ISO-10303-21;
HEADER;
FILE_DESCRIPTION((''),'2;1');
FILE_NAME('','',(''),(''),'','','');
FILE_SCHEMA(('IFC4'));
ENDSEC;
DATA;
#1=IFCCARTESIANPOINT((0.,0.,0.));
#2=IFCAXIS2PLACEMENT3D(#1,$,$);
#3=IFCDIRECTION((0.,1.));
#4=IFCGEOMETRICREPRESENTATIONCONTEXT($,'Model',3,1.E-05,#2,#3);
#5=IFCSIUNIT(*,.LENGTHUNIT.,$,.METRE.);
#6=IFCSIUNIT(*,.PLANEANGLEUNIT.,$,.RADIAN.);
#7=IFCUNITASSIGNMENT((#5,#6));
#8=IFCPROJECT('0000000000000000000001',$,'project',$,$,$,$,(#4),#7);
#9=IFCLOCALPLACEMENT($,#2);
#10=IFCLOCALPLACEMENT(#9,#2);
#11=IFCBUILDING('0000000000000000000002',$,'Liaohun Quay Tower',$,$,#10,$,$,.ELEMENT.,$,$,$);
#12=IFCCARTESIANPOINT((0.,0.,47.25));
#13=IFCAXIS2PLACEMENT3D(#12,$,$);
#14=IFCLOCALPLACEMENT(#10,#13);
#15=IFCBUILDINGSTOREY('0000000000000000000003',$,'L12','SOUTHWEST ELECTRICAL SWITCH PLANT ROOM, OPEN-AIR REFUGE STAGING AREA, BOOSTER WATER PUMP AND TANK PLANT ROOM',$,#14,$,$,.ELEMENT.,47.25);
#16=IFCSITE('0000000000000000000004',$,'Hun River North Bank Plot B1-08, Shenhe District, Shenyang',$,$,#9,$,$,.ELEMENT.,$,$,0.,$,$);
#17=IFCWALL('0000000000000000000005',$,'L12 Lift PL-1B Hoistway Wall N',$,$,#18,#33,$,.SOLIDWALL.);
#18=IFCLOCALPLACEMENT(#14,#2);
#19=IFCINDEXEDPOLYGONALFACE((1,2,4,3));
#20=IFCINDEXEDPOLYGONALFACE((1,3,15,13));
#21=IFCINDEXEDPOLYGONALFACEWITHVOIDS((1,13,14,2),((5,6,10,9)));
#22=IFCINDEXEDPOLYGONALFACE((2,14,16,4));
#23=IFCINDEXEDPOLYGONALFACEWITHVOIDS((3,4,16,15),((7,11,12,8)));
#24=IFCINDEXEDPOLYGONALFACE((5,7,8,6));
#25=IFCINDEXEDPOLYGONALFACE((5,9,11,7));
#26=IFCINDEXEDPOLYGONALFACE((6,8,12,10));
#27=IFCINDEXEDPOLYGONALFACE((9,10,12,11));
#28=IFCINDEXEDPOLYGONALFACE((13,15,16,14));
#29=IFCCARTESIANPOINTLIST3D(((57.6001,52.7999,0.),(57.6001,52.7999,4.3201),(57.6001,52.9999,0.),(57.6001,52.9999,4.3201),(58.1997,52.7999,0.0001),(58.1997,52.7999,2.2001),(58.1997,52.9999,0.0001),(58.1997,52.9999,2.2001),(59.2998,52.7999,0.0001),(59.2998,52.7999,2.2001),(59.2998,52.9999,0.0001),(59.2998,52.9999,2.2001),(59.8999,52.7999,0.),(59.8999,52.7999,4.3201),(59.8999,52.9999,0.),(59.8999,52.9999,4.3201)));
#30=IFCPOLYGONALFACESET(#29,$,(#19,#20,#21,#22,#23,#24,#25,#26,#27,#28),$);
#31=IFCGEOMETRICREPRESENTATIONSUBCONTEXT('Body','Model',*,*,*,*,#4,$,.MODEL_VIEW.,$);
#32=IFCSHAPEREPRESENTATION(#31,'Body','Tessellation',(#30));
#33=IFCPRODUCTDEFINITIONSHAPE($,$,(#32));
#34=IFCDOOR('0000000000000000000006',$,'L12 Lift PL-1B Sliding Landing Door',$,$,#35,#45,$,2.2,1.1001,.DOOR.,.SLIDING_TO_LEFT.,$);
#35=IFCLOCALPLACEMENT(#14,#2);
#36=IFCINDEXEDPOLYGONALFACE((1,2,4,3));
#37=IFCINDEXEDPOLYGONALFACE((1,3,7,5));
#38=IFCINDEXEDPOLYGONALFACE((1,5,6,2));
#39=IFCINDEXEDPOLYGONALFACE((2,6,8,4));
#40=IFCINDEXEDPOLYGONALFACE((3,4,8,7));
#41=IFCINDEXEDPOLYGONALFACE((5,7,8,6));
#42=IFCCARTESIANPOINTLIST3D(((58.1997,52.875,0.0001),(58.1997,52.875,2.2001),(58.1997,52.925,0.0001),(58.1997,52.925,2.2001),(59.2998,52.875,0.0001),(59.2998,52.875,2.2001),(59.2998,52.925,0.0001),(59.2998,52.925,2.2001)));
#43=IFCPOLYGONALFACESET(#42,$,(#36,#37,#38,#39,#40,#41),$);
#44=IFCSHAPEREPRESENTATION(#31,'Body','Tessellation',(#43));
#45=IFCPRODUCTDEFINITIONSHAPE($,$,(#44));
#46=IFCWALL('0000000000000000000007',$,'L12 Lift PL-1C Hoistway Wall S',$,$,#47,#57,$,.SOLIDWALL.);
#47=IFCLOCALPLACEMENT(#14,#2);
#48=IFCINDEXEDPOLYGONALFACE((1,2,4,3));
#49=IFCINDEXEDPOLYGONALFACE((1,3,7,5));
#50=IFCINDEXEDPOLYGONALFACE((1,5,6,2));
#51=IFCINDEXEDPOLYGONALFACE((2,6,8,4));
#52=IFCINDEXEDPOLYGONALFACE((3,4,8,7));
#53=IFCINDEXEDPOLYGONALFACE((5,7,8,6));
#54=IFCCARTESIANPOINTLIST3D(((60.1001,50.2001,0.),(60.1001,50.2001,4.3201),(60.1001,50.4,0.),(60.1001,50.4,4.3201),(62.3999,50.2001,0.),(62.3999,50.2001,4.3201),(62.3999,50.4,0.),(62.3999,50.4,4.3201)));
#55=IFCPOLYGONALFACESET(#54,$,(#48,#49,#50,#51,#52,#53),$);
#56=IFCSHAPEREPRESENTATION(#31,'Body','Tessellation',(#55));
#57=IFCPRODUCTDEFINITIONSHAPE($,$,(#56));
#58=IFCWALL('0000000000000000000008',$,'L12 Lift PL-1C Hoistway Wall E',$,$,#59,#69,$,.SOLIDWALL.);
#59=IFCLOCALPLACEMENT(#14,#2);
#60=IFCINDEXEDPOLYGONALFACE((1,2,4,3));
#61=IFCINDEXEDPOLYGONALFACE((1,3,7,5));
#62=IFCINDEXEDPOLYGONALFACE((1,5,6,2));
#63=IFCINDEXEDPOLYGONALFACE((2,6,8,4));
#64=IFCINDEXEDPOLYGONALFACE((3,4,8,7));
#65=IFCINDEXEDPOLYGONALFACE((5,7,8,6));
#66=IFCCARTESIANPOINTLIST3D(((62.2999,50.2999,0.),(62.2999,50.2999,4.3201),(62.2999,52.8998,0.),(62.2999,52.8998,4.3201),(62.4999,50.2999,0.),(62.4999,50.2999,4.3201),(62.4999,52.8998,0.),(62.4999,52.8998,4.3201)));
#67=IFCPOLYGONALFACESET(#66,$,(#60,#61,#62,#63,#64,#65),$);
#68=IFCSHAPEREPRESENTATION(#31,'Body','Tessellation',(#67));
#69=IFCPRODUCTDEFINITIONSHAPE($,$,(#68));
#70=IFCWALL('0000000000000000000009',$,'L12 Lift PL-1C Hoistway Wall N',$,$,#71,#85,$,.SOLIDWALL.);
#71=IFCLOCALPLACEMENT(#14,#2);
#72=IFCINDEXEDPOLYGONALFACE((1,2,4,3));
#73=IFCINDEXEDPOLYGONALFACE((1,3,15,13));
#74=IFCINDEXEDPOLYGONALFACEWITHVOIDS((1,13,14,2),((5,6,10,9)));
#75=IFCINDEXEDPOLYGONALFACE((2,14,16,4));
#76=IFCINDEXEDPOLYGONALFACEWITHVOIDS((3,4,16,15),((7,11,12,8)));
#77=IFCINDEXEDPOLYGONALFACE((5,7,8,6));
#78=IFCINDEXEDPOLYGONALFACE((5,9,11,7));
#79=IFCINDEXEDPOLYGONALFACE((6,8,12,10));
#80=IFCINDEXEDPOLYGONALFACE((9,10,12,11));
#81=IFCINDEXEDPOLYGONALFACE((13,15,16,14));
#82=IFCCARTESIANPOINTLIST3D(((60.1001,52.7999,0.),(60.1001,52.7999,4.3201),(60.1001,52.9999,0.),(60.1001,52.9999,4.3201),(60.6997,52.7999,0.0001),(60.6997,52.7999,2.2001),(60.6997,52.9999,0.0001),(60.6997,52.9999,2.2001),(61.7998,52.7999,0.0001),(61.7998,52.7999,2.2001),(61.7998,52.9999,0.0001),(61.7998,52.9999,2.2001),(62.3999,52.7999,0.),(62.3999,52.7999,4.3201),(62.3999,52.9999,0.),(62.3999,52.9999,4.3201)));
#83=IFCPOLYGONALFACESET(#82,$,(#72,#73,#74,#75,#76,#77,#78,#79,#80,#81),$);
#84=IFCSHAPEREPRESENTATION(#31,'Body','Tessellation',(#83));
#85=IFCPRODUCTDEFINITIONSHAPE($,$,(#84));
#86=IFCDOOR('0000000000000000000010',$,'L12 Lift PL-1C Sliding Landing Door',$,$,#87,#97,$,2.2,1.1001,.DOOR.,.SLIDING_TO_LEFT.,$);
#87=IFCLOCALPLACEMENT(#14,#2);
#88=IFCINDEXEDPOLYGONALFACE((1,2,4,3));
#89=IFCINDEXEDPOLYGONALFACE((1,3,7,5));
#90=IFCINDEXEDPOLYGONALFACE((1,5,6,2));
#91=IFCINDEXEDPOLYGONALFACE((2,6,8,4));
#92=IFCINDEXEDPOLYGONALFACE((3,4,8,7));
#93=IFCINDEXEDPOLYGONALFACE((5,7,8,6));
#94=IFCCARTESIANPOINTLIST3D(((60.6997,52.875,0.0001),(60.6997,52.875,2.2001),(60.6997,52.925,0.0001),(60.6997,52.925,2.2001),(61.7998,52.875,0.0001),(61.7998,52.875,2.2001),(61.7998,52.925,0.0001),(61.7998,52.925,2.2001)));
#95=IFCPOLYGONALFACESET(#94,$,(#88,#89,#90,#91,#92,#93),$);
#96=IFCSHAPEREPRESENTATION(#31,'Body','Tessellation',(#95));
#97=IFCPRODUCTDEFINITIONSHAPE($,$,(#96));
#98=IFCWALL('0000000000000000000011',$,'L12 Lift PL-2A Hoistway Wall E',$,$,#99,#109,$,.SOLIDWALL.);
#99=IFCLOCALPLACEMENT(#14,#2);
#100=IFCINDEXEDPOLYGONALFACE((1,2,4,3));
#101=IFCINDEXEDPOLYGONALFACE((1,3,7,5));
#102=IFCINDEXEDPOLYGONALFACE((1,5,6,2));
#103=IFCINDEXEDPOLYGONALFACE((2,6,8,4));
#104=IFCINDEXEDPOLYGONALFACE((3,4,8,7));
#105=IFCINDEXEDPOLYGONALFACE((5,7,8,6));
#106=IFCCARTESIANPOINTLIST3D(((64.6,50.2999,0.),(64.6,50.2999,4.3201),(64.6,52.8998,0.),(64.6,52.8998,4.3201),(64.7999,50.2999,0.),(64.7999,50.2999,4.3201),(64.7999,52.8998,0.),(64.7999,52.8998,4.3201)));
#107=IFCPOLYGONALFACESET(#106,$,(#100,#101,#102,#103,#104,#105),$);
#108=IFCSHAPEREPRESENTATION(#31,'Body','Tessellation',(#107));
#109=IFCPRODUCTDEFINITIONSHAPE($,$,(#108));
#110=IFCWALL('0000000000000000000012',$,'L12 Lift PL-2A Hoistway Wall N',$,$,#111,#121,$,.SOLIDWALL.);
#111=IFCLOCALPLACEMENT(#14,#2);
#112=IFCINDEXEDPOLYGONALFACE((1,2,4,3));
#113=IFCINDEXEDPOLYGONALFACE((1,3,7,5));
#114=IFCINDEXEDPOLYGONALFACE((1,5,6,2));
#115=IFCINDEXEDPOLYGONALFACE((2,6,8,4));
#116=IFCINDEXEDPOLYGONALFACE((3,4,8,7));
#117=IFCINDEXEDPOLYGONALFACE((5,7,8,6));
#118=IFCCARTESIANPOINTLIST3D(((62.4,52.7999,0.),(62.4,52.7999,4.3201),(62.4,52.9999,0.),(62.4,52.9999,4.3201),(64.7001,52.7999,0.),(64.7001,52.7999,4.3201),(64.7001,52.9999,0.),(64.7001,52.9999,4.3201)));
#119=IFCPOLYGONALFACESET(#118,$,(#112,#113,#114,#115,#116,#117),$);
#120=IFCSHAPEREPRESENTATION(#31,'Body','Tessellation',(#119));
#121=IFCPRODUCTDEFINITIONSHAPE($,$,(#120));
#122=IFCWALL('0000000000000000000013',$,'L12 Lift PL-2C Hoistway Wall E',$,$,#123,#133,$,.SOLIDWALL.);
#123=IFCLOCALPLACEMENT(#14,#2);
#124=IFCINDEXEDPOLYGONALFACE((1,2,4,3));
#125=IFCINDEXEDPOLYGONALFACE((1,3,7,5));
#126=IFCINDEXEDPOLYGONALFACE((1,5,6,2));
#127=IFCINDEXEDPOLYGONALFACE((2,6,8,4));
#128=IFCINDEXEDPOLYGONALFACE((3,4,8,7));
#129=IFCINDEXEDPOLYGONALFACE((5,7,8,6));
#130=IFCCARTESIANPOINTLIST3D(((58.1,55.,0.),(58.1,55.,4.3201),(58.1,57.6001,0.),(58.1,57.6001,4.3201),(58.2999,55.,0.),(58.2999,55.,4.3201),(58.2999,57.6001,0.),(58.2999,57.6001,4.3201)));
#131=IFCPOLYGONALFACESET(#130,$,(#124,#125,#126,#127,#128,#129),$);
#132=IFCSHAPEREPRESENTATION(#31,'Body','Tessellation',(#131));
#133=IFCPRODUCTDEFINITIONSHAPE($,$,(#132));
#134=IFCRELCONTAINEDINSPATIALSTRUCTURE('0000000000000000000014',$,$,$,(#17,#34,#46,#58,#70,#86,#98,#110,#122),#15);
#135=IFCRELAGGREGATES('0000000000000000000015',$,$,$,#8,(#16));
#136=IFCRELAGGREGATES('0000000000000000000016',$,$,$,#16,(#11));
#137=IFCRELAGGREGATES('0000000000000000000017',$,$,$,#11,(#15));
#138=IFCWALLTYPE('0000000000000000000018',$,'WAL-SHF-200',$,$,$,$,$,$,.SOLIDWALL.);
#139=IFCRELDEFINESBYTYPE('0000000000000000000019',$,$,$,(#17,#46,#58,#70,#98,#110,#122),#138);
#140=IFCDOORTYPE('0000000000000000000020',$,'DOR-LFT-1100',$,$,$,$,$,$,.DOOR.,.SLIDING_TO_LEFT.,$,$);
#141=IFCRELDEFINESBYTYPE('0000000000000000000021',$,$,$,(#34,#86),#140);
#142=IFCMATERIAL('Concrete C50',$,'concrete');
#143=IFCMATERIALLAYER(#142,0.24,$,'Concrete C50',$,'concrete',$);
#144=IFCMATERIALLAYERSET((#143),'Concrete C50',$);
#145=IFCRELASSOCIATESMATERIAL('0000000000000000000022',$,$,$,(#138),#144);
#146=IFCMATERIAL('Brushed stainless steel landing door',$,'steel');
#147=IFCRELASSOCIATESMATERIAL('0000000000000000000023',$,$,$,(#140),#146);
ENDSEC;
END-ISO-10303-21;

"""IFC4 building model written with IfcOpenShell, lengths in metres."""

from ifc_helpers import new_model, si_unit, direction, frame, frame_2d, origin, place, context, subcontext, project, spatial, rectangle, extrude, source, transform, mapped, material, layer, layer_set, type_object, element, fill, save


model = new_model("IFC4")

# Units and contexts
model_context = context("Model", 3, precision=1e-05, world=origin(), true_north=direction((0.0, 1.0)))
body_context = subcontext(model_context, "Body", "Model", "MODEL_VIEW")
ifc_project = project(units=[si_unit("LENGTHUNIT", "METRE"), si_unit("PLANEANGLEUNIT", "RADIAN")], contexts=[model_context])

# Site, building, storey
site_placement = place(None, origin())
site = spatial("IfcSite", under=ifc_project, at=site_placement, Name="Hun River North Bank Plot B1-08, Shenhe District, Shenyang", CompositionType="ELEMENT", RefElevation=0.0)
building_placement = place(site_placement, origin())
building = spatial("IfcBuilding", under=site, at=building_placement, Name="Liaohun Quay Tower", CompositionType="ELEMENT")
storey_placement = place(building_placement, frame((0.0, 0.0, 47.25)))
storey = spatial("IfcBuildingStorey", under=building, at=storey_placement, Name="L12", Description="SOUTHWEST ELECTRICAL SWITCH PLANT ROOM, OPEN-AIR REFUGE STAGING AREA, BOOSTER WATER PUMP AND TANK PLANT ROOM", CompositionType="ELEMENT", Elevation=47.25)

# Shared definitions
ifc_material_1 = material(Name="Concrete C50", Category="concrete")
ifc_layer_1 = layer(ifc_material_1, 0.24, Name="Concrete C50", Category="concrete")
ifc_layer_set_1 = layer_set([ifc_layer_1], Name="Concrete C50")
wall_type_1 = type_object("IfcWallType", Name="WAL-SHF-200", PredefinedType="SOLIDWALL", material=ifc_layer_set_1)

# Wall, opening, door
wall_1_placement = place(storey_placement, frame((59.8999, 52.8999, 0.0), z_axis=(0.0, 0.0, 1.0), x_axis=(-1.0, 0.0, 0.0)))
wall_1 = element("IfcWall", 1, at=wall_1_placement, inside=storey, type_object=wall_type_1, Name="L12 Lift PL-1B Hoistway Wall N", PredefinedType="SOLIDWALL", context=body_context, shape_type="SweptSolid", body=[
    extrude(rectangle(XDim=2.2998, YDim=0.2, at=frame_2d((1.1499, 0.0))), origin(), (0.0, 0.0, 1.0), 4.3201),
])
shared_shape_1 = source(origin(), body_context, "Body", "SweptSolid", [
    extrude(rectangle(XDim=1.1001, YDim=2.2, at=frame_2d((0.55, 1.1001))), frame((0.0, 0.1099, 0.0), z_axis=(0.0, -1.0, 0.0), x_axis=(1.0, 0.0, 0.0)), (0.0, 0.0, 1.0), 0.22),
])
opening_1_placement = place(wall_1_placement, frame((0.6001, 0.0, 0.0)))
opening_1 = element("IfcOpeningElement", 2, at=opening_1_placement, cuts=wall_1, PredefinedType="OPENING", context=body_context, shape_type="MappedRepresentation", body=[
    mapped(shared_shape_1, transform((0.0, 0.0, 0.0), x_axis=(1.0, 0.0, 0.0), y_axis=(0.0, 1.0, 0.0), z_axis=(0.0, 0.0, 1.0), scale=1.0)),
])
ifc_material_2 = material(Name="Brushed stainless steel landing door", Category="steel")
door_type_1 = type_object("IfcDoorType", Name="DOR-LFT-1100", OperationType="SLIDING_TO_LEFT", PredefinedType="DOOR", material=ifc_material_2)
shared_shape_2 = source(origin(), body_context, "Body", "SweptSolid", [
    extrude(rectangle(XDim=1.1001, YDim=2.2, at=frame_2d((0.55, 1.1001))), frame((0.0, 0.0249, 0.0), z_axis=(0.0, -1.0, 0.0), x_axis=(1.0, 0.0, 0.0)), (0.0, 0.0, 1.0), 0.05),
])
door_1_placement = place(opening_1_placement, origin())
door_1 = element("IfcDoor", 3, at=door_1_placement, inside=storey, type_object=door_type_1, Name="L12 Lift PL-1B Sliding Landing Door", OperationType="SLIDING_TO_LEFT", OverallHeight=2.2, OverallWidth=1.1001, PredefinedType="DOOR", context=body_context, shape_type="MappedRepresentation", body=[
    mapped(shared_shape_2, transform((0.0, 0.0, 0.0), x_axis=(1.0, 0.0, 0.0), y_axis=(0.0, 1.0, 0.0), z_axis=(0.0, 0.0, 1.0), scale=1.0)),
])
fill(opening_1, door_1)

# Walls
wall_2_placement = place(storey_placement, frame((60.1001, 50.3, 0.0), z_axis=(0.0, 0.0, 1.0), x_axis=(1.0, 0.0, 0.0)))
element("IfcWall", 4, at=wall_2_placement, inside=storey, type_object=wall_type_1, Name="L12 Lift PL-1C Hoistway Wall S", PredefinedType="SOLIDWALL", context=body_context, shape_type="SweptSolid", body=[
    extrude(rectangle(XDim=2.2998, YDim=0.2, at=frame_2d((1.1499, 0.0))), origin(), (0.0, 0.0, 1.0), 4.3201),
])
wall_3_placement = place(storey_placement, frame((62.3999, 50.3, 0.0), z_axis=(0.0, 0.0, 1.0), x_axis=(0.0, 1.0, 0.0)))
element("IfcWall", 5, at=wall_3_placement, inside=storey, type_object=wall_type_1, Name="L12 Lift PL-1C Hoistway Wall E", PredefinedType="SOLIDWALL", context=body_context, shape_type="SweptSolid", body=[
    extrude(rectangle(XDim=2.5999, YDim=0.2, at=frame_2d((1.2998, 0.0))), origin(), (0.0, 0.0, 1.0), 4.3201),
])

# Wall, opening, door
wall_4_placement = place(storey_placement, frame((62.3999, 52.8999, 0.0), z_axis=(0.0, 0.0, 1.0), x_axis=(-1.0, 0.0, 0.0)))
wall_4 = element("IfcWall", 6, at=wall_4_placement, inside=storey, type_object=wall_type_1, Name="L12 Lift PL-1C Hoistway Wall N", PredefinedType="SOLIDWALL", context=body_context, shape_type="SweptSolid", body=[
    extrude(rectangle(XDim=2.2998, YDim=0.2, at=frame_2d((1.1499, 0.0))), origin(), (0.0, 0.0, 1.0), 4.3201),
])
opening_2_placement = place(wall_4_placement, frame((0.6001, 0.0, 0.0)))
opening_2 = element("IfcOpeningElement", 7, at=opening_2_placement, cuts=wall_4, PredefinedType="OPENING", context=body_context, shape_type="MappedRepresentation", body=[
    mapped(shared_shape_1, transform((0.0, 0.0, 0.0), x_axis=(1.0, 0.0, 0.0), y_axis=(0.0, 1.0, 0.0), z_axis=(0.0, 0.0, 1.0), scale=1.0)),
])
door_2_placement = place(opening_2_placement, origin())
door_2 = element("IfcDoor", 8, at=door_2_placement, inside=storey, type_object=door_type_1, Name="L12 Lift PL-1C Sliding Landing Door", OperationType="SLIDING_TO_LEFT", OverallHeight=2.2, OverallWidth=1.1001, PredefinedType="DOOR", context=body_context, shape_type="MappedRepresentation", body=[
    mapped(shared_shape_2, transform((0.0, 0.0, 0.0), x_axis=(1.0, 0.0, 0.0), y_axis=(0.0, 1.0, 0.0), z_axis=(0.0, 0.0, 1.0), scale=1.0)),
])
fill(opening_2, door_2)

# Walls
wall_5_placement = place(storey_placement, frame((64.7, 50.3, 0.0), z_axis=(0.0, 0.0, 1.0), x_axis=(0.0, 1.0, 0.0)))
element("IfcWall", 9, at=wall_5_placement, inside=storey, type_object=wall_type_1, Name="L12 Lift PL-2A Hoistway Wall E", PredefinedType="SOLIDWALL", context=body_context, shape_type="SweptSolid", body=[
    extrude(rectangle(XDim=2.5999, YDim=0.2, at=frame_2d((1.2998, 0.0))), origin(), (0.0, 0.0, 1.0), 4.3201),
])
wall_6_placement = place(storey_placement, frame((64.7, 52.8999, 0.0), z_axis=(0.0, 0.0, 1.0), x_axis=(-1.0, 0.0, 0.0)))
element("IfcWall", 10, at=wall_6_placement, inside=storey, type_object=wall_type_1, Name="L12 Lift PL-2A Hoistway Wall N", PredefinedType="SOLIDWALL", context=body_context, shape_type="SweptSolid", body=[
    extrude(rectangle(XDim=2.3, YDim=0.2, at=frame_2d((1.1499, 0.0))), origin(), (0.0, 0.0, 1.0), 4.3201),
])
wall_7_placement = place(storey_placement, frame((58.2, 55.0, 0.0), z_axis=(0.0, 0.0, 1.0), x_axis=(0.0, 1.0, 0.0)))
element("IfcWall", 11, at=wall_7_placement, inside=storey, type_object=wall_type_1, Name="L12 Lift PL-2C Hoistway Wall E", PredefinedType="SOLIDWALL", context=body_context, shape_type="SweptSolid", body=[
    extrude(rectangle(XDim=2.6001, YDim=0.2, at=frame_2d((1.3, 0.0))), origin(), (0.0, 0.0, 1.0), 4.3201),
])

save(model, "model.ifc")
